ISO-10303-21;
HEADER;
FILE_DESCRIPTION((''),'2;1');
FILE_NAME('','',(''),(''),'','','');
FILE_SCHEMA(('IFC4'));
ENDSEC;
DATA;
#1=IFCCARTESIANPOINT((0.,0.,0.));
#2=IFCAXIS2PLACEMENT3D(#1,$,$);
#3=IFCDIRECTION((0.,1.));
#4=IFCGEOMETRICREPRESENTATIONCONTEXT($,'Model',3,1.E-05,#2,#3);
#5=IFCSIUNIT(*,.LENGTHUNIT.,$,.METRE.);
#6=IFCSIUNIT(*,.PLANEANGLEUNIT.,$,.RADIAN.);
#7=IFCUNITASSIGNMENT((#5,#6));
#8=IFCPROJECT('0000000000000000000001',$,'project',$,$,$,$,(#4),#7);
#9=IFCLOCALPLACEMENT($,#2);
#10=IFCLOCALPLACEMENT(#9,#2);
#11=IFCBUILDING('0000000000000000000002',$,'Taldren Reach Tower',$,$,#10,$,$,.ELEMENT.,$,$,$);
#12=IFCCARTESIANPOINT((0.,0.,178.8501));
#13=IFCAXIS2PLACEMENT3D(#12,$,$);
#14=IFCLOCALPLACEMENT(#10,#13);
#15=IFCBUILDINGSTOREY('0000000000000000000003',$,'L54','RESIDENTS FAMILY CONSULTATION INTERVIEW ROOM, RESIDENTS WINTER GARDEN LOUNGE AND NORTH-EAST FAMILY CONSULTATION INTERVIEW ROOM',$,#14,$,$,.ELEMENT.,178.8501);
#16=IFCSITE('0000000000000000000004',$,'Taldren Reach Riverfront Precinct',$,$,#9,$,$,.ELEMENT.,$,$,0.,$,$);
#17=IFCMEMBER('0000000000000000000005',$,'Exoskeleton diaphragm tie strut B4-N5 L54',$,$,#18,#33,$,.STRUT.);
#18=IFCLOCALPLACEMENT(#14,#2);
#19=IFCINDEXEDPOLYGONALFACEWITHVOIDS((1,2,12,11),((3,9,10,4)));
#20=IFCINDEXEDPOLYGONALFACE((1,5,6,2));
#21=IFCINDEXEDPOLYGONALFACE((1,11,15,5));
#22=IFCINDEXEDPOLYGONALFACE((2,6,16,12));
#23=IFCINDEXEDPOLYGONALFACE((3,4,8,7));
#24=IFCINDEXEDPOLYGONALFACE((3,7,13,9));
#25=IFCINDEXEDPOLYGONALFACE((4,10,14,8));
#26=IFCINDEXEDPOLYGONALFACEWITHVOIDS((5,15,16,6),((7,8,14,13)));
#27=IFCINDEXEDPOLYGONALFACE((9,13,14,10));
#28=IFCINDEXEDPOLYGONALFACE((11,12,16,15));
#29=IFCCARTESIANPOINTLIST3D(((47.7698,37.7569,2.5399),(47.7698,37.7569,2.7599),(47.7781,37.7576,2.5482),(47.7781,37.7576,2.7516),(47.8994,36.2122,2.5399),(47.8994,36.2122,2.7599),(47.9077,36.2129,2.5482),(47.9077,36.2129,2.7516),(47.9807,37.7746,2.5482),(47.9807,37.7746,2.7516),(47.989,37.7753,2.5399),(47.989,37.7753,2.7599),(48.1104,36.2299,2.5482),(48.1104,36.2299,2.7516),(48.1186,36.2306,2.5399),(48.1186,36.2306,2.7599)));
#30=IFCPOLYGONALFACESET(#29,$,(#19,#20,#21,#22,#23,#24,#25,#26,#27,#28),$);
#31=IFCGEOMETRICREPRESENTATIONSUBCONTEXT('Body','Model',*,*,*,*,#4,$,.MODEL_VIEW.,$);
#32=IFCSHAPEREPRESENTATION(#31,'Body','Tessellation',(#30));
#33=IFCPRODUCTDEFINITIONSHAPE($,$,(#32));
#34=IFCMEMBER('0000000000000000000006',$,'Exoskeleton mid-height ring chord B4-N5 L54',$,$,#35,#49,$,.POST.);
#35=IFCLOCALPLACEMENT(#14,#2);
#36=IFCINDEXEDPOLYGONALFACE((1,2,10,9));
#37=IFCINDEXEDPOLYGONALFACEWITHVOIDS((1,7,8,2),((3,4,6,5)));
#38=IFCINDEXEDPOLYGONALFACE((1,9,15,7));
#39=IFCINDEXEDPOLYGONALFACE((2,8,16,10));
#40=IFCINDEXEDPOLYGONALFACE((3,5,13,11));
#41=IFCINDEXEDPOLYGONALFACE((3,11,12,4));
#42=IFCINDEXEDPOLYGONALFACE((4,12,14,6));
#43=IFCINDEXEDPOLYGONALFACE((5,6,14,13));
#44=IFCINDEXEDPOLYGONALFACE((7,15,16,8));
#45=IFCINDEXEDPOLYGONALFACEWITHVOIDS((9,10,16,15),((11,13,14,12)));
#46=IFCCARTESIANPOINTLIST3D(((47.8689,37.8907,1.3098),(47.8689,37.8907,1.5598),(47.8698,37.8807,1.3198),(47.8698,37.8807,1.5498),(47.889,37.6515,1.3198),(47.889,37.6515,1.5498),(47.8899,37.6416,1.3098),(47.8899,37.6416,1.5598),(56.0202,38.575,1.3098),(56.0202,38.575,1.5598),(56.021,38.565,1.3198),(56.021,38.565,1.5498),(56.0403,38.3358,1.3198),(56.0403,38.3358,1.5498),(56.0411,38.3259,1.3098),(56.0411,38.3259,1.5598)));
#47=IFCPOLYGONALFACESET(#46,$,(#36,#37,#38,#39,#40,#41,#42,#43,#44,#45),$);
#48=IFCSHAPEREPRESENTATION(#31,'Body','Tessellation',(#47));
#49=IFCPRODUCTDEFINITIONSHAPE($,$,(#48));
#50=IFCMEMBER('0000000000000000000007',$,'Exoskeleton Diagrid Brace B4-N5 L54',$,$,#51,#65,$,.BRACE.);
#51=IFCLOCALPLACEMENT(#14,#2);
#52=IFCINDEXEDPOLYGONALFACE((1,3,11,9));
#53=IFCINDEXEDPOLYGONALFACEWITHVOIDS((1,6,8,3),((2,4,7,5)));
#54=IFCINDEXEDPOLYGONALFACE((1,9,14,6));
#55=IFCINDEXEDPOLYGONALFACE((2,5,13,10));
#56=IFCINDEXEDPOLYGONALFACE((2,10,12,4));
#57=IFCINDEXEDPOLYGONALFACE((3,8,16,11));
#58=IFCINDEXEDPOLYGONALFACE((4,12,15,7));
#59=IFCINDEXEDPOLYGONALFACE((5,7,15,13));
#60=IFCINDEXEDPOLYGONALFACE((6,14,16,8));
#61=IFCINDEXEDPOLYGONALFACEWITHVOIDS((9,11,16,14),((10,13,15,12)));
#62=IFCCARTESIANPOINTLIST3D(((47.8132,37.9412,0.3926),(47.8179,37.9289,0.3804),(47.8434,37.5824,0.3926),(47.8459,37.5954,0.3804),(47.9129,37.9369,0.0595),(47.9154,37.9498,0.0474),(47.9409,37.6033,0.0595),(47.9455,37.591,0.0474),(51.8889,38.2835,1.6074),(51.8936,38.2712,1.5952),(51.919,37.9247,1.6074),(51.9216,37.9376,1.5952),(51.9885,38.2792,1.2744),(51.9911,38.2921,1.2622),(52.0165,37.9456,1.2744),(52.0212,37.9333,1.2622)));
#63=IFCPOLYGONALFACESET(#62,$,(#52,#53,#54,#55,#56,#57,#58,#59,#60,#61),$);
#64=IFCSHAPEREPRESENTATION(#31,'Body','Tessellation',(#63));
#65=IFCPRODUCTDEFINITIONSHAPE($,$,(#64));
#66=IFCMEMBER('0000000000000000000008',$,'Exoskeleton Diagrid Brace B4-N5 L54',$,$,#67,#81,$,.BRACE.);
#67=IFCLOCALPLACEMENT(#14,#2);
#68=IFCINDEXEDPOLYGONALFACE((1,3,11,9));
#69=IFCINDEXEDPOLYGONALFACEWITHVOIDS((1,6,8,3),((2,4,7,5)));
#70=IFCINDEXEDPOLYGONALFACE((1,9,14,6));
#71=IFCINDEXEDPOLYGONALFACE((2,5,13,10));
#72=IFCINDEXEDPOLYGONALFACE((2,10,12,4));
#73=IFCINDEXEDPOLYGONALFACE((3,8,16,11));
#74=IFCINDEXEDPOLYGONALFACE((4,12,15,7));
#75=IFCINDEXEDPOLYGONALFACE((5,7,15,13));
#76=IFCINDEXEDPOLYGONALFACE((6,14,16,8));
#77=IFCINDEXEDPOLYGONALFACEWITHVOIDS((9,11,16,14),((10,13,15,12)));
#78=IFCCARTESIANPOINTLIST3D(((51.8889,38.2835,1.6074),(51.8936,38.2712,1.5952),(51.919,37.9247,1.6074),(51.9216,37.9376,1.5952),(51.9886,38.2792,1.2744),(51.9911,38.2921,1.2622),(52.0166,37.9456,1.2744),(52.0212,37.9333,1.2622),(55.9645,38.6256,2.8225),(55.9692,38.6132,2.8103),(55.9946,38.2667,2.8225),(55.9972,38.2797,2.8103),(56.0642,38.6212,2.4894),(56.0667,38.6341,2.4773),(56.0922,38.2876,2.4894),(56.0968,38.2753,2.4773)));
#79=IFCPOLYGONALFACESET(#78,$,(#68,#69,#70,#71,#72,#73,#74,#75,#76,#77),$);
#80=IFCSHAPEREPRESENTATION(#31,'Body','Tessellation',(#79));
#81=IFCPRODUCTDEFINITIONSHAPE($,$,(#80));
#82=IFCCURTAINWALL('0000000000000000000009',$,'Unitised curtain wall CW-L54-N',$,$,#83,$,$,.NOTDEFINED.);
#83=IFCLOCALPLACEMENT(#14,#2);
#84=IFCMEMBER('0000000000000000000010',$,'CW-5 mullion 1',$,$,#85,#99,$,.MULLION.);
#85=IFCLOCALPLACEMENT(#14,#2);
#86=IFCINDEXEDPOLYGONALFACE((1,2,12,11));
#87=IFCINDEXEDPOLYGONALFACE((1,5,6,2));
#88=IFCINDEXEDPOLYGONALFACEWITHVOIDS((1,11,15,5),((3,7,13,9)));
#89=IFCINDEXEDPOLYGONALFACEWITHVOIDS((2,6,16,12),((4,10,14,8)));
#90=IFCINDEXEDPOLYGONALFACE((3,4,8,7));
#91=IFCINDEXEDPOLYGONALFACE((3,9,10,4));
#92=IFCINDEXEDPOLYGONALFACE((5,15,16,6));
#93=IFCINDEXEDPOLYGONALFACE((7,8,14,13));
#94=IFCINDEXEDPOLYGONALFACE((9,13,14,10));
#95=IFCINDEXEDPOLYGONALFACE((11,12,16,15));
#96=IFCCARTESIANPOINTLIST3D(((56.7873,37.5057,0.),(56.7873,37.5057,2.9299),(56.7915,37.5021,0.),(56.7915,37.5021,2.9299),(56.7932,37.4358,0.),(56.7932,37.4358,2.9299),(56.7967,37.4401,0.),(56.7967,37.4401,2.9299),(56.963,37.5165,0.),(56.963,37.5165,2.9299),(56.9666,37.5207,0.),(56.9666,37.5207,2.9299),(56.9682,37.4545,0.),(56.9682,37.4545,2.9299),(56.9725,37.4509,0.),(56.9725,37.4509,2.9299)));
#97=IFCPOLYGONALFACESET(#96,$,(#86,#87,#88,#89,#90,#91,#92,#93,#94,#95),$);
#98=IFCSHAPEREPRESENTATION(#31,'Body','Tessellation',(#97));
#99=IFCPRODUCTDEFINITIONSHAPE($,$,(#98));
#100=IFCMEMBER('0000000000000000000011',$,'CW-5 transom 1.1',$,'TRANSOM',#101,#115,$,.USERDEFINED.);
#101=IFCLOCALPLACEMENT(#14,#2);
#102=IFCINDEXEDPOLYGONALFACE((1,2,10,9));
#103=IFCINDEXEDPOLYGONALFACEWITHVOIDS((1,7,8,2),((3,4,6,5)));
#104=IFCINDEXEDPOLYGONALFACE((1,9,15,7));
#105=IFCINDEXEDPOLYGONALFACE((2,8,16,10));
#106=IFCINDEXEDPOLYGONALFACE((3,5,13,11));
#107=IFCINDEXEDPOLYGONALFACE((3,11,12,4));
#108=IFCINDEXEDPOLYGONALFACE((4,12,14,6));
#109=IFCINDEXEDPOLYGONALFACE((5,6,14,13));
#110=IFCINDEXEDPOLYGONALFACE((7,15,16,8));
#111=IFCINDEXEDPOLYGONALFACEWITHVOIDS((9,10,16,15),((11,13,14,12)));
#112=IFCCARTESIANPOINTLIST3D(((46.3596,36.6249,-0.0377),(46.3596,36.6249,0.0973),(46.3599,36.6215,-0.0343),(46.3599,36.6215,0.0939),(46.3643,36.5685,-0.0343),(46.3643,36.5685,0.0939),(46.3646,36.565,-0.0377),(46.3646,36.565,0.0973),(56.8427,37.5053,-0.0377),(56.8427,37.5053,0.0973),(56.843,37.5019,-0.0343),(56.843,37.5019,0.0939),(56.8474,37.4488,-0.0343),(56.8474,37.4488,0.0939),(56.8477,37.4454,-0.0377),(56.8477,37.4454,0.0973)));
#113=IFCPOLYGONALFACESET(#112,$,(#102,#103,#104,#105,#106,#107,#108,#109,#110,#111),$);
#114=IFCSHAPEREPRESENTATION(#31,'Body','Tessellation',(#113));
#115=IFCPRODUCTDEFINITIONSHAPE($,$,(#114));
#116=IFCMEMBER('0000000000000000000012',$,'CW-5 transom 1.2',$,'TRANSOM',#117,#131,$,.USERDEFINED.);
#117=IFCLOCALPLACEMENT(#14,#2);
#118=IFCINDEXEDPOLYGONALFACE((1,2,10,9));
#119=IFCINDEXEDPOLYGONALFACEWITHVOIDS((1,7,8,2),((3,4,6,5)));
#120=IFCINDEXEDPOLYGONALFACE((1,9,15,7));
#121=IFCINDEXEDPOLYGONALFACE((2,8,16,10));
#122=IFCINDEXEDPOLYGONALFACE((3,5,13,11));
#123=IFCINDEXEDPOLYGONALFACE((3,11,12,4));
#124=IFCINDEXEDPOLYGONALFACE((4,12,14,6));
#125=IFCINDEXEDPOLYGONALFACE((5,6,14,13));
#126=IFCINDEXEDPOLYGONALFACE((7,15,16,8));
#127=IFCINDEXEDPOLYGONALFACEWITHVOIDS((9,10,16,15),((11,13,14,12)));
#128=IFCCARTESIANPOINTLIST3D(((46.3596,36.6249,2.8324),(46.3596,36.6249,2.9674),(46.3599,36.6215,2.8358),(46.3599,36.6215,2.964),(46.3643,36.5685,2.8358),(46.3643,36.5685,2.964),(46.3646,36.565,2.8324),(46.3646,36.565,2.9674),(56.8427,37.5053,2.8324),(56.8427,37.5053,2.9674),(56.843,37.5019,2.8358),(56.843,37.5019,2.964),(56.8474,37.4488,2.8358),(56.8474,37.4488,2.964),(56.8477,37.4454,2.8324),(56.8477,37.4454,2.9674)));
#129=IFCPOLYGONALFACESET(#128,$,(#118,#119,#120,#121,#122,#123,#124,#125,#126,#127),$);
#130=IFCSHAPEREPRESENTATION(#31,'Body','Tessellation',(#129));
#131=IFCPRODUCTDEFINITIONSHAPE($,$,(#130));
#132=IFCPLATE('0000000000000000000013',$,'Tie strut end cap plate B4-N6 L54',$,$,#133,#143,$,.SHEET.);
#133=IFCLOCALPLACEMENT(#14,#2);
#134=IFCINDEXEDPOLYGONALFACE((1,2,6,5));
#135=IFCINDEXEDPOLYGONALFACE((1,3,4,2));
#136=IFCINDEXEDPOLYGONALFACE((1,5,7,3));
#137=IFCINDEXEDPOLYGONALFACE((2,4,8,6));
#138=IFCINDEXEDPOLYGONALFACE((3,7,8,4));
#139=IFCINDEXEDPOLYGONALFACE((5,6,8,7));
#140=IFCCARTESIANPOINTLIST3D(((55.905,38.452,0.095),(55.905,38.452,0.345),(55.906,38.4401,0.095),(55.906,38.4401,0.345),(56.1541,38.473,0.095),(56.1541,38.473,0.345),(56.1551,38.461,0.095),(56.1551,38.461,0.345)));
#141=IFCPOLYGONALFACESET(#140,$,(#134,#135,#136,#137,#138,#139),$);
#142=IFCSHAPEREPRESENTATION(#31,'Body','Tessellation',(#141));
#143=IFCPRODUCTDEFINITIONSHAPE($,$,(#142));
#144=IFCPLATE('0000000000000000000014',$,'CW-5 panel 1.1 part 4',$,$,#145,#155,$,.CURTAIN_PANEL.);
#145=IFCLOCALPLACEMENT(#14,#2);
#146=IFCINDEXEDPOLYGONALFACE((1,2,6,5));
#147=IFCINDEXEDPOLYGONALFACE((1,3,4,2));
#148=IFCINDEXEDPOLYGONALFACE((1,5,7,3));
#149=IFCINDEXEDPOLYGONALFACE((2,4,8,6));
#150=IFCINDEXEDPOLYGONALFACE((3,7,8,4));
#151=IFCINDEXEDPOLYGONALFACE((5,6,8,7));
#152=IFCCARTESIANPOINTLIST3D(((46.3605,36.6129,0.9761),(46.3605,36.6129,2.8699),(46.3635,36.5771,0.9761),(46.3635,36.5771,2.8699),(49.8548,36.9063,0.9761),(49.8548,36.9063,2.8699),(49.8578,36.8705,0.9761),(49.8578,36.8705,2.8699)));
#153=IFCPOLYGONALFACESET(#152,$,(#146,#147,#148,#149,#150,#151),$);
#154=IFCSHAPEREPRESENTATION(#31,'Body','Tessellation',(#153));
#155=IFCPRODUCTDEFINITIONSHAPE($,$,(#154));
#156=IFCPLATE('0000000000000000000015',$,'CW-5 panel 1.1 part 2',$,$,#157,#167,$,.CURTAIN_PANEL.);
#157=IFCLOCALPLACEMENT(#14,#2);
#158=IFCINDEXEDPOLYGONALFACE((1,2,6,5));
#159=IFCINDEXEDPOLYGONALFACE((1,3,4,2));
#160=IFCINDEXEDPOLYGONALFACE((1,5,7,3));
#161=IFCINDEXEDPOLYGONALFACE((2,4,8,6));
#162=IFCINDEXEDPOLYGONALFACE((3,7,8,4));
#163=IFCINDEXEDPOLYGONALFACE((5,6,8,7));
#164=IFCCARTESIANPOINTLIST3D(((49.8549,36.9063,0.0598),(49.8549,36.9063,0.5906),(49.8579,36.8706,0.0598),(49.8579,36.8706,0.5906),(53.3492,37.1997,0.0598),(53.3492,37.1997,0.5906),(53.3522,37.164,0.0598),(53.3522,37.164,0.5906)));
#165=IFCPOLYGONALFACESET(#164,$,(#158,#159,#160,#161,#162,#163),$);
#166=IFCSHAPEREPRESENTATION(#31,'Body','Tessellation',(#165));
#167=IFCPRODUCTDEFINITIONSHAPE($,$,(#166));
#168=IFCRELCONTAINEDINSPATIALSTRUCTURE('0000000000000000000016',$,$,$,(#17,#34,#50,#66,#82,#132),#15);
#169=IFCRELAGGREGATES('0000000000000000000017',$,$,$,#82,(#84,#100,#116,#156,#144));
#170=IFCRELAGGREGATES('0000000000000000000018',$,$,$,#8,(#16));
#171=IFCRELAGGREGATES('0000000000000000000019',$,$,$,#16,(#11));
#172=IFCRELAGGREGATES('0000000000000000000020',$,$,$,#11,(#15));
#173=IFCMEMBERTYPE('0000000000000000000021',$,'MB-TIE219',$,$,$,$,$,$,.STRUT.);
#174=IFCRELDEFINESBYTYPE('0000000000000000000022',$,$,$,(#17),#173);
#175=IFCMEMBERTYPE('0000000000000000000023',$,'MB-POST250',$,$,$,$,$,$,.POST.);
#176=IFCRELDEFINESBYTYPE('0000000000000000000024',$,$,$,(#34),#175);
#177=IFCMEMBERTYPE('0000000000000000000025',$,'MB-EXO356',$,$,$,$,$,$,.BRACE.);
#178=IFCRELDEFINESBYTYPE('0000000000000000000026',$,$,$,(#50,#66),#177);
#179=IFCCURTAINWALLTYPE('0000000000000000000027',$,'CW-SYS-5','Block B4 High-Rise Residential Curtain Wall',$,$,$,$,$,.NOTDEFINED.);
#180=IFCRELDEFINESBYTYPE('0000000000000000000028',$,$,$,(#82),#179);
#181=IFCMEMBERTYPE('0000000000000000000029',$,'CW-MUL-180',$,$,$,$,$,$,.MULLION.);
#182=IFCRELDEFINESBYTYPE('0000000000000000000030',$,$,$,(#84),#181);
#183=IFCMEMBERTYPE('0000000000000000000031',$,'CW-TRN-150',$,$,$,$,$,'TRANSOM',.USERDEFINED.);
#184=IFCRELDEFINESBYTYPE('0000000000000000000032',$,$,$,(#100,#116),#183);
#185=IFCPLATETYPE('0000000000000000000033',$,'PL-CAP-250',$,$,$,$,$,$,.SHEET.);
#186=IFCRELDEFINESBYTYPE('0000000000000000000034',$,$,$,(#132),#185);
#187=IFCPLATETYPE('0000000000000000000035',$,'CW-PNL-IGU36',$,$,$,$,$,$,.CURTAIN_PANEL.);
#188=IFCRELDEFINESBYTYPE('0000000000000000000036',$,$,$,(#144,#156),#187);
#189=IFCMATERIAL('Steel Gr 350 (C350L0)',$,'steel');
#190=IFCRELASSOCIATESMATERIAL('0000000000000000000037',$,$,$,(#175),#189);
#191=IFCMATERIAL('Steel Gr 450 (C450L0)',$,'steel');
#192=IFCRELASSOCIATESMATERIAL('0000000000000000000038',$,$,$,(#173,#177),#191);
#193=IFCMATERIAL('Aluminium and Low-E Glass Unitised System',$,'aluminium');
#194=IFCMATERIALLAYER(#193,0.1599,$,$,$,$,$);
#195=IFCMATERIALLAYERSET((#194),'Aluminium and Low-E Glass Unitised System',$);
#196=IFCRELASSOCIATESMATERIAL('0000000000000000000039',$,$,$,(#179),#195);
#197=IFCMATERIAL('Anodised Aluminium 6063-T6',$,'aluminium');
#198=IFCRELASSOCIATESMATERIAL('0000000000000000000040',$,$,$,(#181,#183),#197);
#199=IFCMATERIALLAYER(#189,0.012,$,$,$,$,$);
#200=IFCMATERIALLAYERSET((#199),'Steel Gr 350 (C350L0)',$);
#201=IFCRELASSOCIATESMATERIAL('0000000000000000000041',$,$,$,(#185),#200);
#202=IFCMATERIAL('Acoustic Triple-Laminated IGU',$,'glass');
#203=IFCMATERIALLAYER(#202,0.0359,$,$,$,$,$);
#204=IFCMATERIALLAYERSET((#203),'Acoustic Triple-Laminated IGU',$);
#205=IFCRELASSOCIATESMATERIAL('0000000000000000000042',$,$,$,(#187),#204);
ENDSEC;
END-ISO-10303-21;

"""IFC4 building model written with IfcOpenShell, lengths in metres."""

from ifc_helpers import new_model, si_unit, direction, frame, origin, origin_2d, place, context, subcontext, project, spatial, rectangle, hollow_rectangle, extrude, source, transform, mapped, material, layer, layer_set, material_profile, profile_set, type_object, element, aggregate, save


model = new_model("IFC4")

# Units and contexts
model_context = context("Model", 3, precision=1e-05, world=origin(), true_north=direction((0.0, 1.0)))
body_context = subcontext(model_context, "Body", "Model", "MODEL_VIEW")
ifc_project = project(units=[si_unit("LENGTHUNIT", "METRE"), si_unit("PLANEANGLEUNIT", "RADIAN")], contexts=[model_context])

# Site, building, storey
site_placement = place(None, origin())
site = spatial("IfcSite", under=ifc_project, at=site_placement, Name="Taldren Reach Riverfront Precinct", CompositionType="ELEMENT", RefElevation=0.0)
building_placement = place(site_placement, origin())
building = spatial("IfcBuilding", under=site, at=building_placement, Name="Taldren Reach Tower", CompositionType="ELEMENT")
storey_placement = place(building_placement, frame((0.0, 0.0, 178.8501)))
storey = spatial("IfcBuildingStorey", under=building, at=storey_placement, Name="L54", Description="RESIDENTS FAMILY CONSULTATION INTERVIEW ROOM, RESIDENTS WINTER GARDEN LOUNGE AND NORTH-EAST FAMILY CONSULTATION INTERVIEW ROOM", CompositionType="ELEMENT", Elevation=178.8501)

# Shared definitions
ifc_material_1 = material(Name="Steel Gr 350 (C350L0)", Category="steel")

# Shared definitions
ifc_material_profile_1 = material_profile(ifc_material_1, hollow_rectangle(XDim=0.25, YDim=0.25, WallThickness=0.01, at=origin_2d()), Name="250x250x10.0SHS")
ifc_profile_set_1 = profile_set([ifc_material_profile_1], Name="Steel Gr 350 (C350L0)")
member_type_1 = type_object("IfcMemberType", Name="MB-POST250", PredefinedType="POST", material=ifc_profile_set_1)

# Members
ifc_material_2 = material(Name="Steel Gr 450 (C450L0)", Category="steel")
ifc_material_profile_2 = material_profile(ifc_material_2, hollow_rectangle(XDim=0.22, YDim=0.22, WallThickness=0.0083, at=origin_2d()), Name="220x220x8.2SHS")
ifc_profile_set_2 = profile_set([ifc_material_profile_2], Name="Steel Gr 450 (C450L0)")
member_type_2 = type_object("IfcMemberType", Name="MB-TIE219", PredefinedType="STRUT", material=ifc_profile_set_2)
shared_shape_1 = source(origin(), body_context, "Body", "SweptSolid", [
    extrude(hollow_rectangle(XDim=0.22, YDim=0.22, WallThickness=0.0083, at=origin_2d()), origin(), (0.0, 0.0, 1.0), 1.55),
])
member_1_placement = place(storey_placement, frame((48.009, 36.2214, 2.6499), z_axis=(-0.083632, 0.996497, 0.0), x_axis=(-0.996497, -0.083632, 0.0)))
element("IfcMember", 1, at=member_1_placement, inside=storey, type_object=member_type_2, Name="Exoskeleton diaphragm tie strut B4-N5 L54", PredefinedType="STRUT", context=body_context, shape_type="MappedRepresentation", body=[
    mapped(shared_shape_1, transform((0.0, 0.0, 0.0), scale=1.0)),
])
shared_shape_2 = source(origin(), body_context, "Body", "SweptSolid", [
    extrude(hollow_rectangle(XDim=0.25, YDim=0.25, WallThickness=0.01, at=origin_2d()), origin(), (0.0, 0.0, 1.0), 8.1799),
])
member_2_placement = place(storey_placement, frame((47.8794, 37.7661, 1.4348), z_axis=(0.996495, 0.083658, 0.0), x_axis=(-0.083658, 0.996495, 0.0)))
element("IfcMember", 2, at=member_2_placement, inside=storey, type_object=member_type_1, Name="Exoskeleton mid-height ring chord B4-N5 L54", PredefinedType="POST", context=body_context, shape_type="MappedRepresentation", body=[
    mapped(shared_shape_2, transform((0.0, 0.0, 0.0), scale=1.0)),
])
ifc_material_profile_3 = material_profile(ifc_material_2, hollow_rectangle(XDim=0.3601, YDim=0.3601, WallThickness=0.0127, at=origin_2d()), Name="360x360x12.7SHS")
ifc_profile_set_3 = profile_set([ifc_material_profile_3], Name="Steel Gr 450 (C450L0)")
member_type_3 = type_object("IfcMemberType", Name="MB-EXO356", PredefinedType="BRACE", material=ifc_profile_set_3)
shared_shape_3 = source(origin(), body_context, "Body", "SweptSolid", [
    extrude(hollow_rectangle(XDim=0.3601, YDim=0.3601, WallThickness=0.0127, at=origin_2d()), origin(), (0.0, 0.0, 1.0), 4.2666),
])
for number, where, z_axis, x_axis, name in (
    (3, (47.8794, 37.7661, 0.22), (0.955245, 0.080224, 0.284731), (-0.083688, 0.996492, 0.0), "Exoskeleton Diagrid Brace B4-N5 L54"),
    (4, (51.9551, 38.1084, 1.4348), (0.955234, 0.080165, 0.284785), (-0.083628, 0.996497, 0.0), "Exoskeleton Diagrid Brace B4-N5 L54"),
):
    element("IfcMember", number, at=place(storey_placement, frame(where, z_axis=z_axis, x_axis=x_axis)), inside=storey, type_object=member_type_3, Name=name, PredefinedType="BRACE", context=body_context, shape_type="MappedRepresentation", body=[
        mapped(shared_shape_3, transform((0.0, 0.0, 0.0), scale=1.0)),
    ])

# Curtain wall, members
ifc_material_3 = material(Name="Aluminium and Low-E Glass Unitised System", Category="aluminium")
ifc_layer_1 = layer(ifc_material_3, 0.1599)
ifc_layer_set_1 = layer_set([ifc_layer_1], Name="Aluminium and Low-E Glass Unitised System")
curtain_wall_type = type_object("IfcCurtainWallType", Name="CW-SYS-5", Description="Block B4 High-Rise Residential Curtain Wall", PredefinedType="NOTDEFINED", material=ifc_layer_set_1)
curtain_wall_placement = place(storey_placement, origin())
curtain_wall = element("IfcCurtainWall", 5, at=curtain_wall_placement, inside=storey, type_object=curtain_wall_type, Name="Unitised curtain wall CW-L54-N", PredefinedType="NOTDEFINED")
ifc_material_4 = material(Name="Anodised Aluminium 6063-T6", Category="aluminium")
ifc_material_profile_4 = material_profile(ifc_material_4, hollow_rectangle(XDim=0.0701, YDim=0.1799, WallThickness=0.0039, at=origin_2d()), Name="ALU-180x70x4RHS")
ifc_profile_set_4 = profile_set([ifc_material_profile_4], Name="Anodised Aluminium 6063-T6")
member_type_4 = type_object("IfcMemberType", Name="CW-MUL-180", PredefinedType="MULLION", material=ifc_profile_set_4)
shared_shape_4 = source(origin(), body_context, "Body", "SweptSolid", [
    extrude(hollow_rectangle(XDim=0.0701, YDim=0.1799, WallThickness=0.0039, at=origin_2d()), origin(), (0.0, 0.0, 1.0), 2.9299),
])
member_3_placement = place(storey_placement, frame((56.8799, 37.4783, 0.0), z_axis=(0.0, 0.0, 1.0), x_axis=(0.083678, -0.996493, 0.0)))
member_3 = element("IfcMember", 6, at=member_3_placement, type_object=member_type_4, Name="CW-5 mullion 1", PredefinedType="MULLION", context=body_context, shape_type="MappedRepresentation", body=[
    mapped(shared_shape_4, transform((0.0, 0.0, 0.0), scale=1.0)),
])
ifc_material_profile_5 = material_profile(ifc_material_4, hollow_rectangle(XDim=0.0601, YDim=0.135, WallThickness=0.0034, at=origin_2d()), Name="ALU-135x60x3.5RHS")
ifc_profile_set_5 = profile_set([ifc_material_profile_5], Name="Anodised Aluminium 6063-T6")
member_type_5 = type_object("IfcMemberType", Name="CW-TRN-150", ElementType="TRANSOM", PredefinedType="USERDEFINED", material=ifc_profile_set_5)
shared_shape_5 = source(origin(), body_context, "Body", "SweptSolid", [
    extrude(hollow_rectangle(XDim=0.0601, YDim=0.135, WallThickness=0.0034, at=origin_2d()), origin(), (0.0, 0.0, 1.0), 10.52),
])
member_4_placement = place(storey_placement, frame((56.8452, 37.4753, 0.0298), z_axis=(-0.996492, -0.083685, 0.0), x_axis=(0.083685, -0.996492, 0.0)))
member_4 = element("IfcMember", 7, at=member_4_placement, type_object=member_type_5, Name="CW-5 transom 1.1", ObjectType="TRANSOM", PredefinedType="USERDEFINED", context=body_context, shape_type="MappedRepresentation", body=[
    mapped(shared_shape_5, transform((0.0, 0.0, 0.0), scale=1.0)),
])
member_5_placement = place(storey_placement, frame((56.8452, 37.4753, 2.8999), z_axis=(-0.996492, -0.083685, 0.0), x_axis=(0.083685, -0.996492, 0.0)))
member_5 = element("IfcMember", 8, at=member_5_placement, type_object=member_type_5, Name="CW-5 transom 1.2", ObjectType="TRANSOM", PredefinedType="USERDEFINED", context=body_context, shape_type="MappedRepresentation", body=[
    mapped(shared_shape_5, transform((0.0, 0.0, 0.0), scale=1.0)),
])

# Plates
ifc_layer_2 = layer(ifc_material_1, 0.012)
ifc_layer_set_2 = layer_set([ifc_layer_2], Name="Steel Gr 350 (C350L0)")
plate_type_1 = type_object("IfcPlateType", Name="PL-CAP-250", PredefinedType="SHEET", material=ifc_layer_set_2)
shared_shape_6 = source(origin(), body_context, "Body", "SweptSolid", [
    extrude(rectangle(XDim=0.25, YDim=0.012, at=origin_2d()), origin(), (0.0, 0.0, 1.0), 0.25),
])
plate_1_placement = place(storey_placement, frame((56.03, 38.4565, 0.095), z_axis=(0.0, 0.0, 1.0), x_axis=(0.996493, 0.083678, 0.0)))
element("IfcPlate", 9, at=plate_1_placement, inside=storey, type_object=plate_type_1, Name="Tie strut end cap plate B4-N6 L54", PredefinedType="SHEET", context=body_context, shape_type="MappedRepresentation", body=[
    mapped(shared_shape_6, transform((0.0, 0.0, 0.0), scale=1.0)),
])
ifc_material_5 = material(Name="Acoustic Triple-Laminated IGU", Category="glass")
ifc_layer_3 = layer(ifc_material_5, 0.0359)
ifc_layer_set_3 = layer_set([ifc_layer_3], Name="Acoustic Triple-Laminated IGU")
plate_type_2 = type_object("IfcPlateType", Name="CW-PNL-IGU36", PredefinedType="CURTAIN_PANEL", material=ifc_layer_set_3)
shared_shape_7 = source(origin(), body_context, "Body", "SweptSolid", [
    extrude(rectangle(XDim=3.5066, YDim=0.0359, at=origin_2d()), origin(), (0.0, 0.0, 1.0), 1.8938),
])
plate_2_placement = place(storey_placement, frame((48.1091, 36.7417, 0.9761), z_axis=(0.0, 0.0, 1.0), x_axis=(-0.996493, -0.083678, 0.0)))
plate_2 = element("IfcPlate", 10, at=plate_2_placement, type_object=plate_type_2, Name="CW-5 panel 1.1 part 4", PredefinedType="CURTAIN_PANEL", context=body_context, shape_type="MappedRepresentation", body=[
    mapped(shared_shape_7, transform((0.0, 0.0, 0.0), scale=1.0)),
])
shared_shape_8 = source(origin(), body_context, "Body", "SweptSolid", [
    extrude(rectangle(XDim=3.5066, YDim=0.0359, at=origin_2d()), origin(), (0.0, 0.0, 1.0), 0.5308),
])
plate_3_placement = place(storey_placement, frame((51.6035, 37.0352, 0.0598), z_axis=(0.0, 0.0, 1.0), x_axis=(-0.996493, -0.083678, 0.0)))
plate_3 = element("IfcPlate", 11, at=plate_3_placement, type_object=plate_type_2, Name="CW-5 panel 1.1 part 2", PredefinedType="CURTAIN_PANEL", context=body_context, shape_type="MappedRepresentation", body=[
    mapped(shared_shape_8, transform((0.0, 0.0, 0.0), scale=1.0)),
])
aggregate(curtain_wall, [member_3, member_4, member_5, plate_3, plate_2])

save(model, "model.ifc")
